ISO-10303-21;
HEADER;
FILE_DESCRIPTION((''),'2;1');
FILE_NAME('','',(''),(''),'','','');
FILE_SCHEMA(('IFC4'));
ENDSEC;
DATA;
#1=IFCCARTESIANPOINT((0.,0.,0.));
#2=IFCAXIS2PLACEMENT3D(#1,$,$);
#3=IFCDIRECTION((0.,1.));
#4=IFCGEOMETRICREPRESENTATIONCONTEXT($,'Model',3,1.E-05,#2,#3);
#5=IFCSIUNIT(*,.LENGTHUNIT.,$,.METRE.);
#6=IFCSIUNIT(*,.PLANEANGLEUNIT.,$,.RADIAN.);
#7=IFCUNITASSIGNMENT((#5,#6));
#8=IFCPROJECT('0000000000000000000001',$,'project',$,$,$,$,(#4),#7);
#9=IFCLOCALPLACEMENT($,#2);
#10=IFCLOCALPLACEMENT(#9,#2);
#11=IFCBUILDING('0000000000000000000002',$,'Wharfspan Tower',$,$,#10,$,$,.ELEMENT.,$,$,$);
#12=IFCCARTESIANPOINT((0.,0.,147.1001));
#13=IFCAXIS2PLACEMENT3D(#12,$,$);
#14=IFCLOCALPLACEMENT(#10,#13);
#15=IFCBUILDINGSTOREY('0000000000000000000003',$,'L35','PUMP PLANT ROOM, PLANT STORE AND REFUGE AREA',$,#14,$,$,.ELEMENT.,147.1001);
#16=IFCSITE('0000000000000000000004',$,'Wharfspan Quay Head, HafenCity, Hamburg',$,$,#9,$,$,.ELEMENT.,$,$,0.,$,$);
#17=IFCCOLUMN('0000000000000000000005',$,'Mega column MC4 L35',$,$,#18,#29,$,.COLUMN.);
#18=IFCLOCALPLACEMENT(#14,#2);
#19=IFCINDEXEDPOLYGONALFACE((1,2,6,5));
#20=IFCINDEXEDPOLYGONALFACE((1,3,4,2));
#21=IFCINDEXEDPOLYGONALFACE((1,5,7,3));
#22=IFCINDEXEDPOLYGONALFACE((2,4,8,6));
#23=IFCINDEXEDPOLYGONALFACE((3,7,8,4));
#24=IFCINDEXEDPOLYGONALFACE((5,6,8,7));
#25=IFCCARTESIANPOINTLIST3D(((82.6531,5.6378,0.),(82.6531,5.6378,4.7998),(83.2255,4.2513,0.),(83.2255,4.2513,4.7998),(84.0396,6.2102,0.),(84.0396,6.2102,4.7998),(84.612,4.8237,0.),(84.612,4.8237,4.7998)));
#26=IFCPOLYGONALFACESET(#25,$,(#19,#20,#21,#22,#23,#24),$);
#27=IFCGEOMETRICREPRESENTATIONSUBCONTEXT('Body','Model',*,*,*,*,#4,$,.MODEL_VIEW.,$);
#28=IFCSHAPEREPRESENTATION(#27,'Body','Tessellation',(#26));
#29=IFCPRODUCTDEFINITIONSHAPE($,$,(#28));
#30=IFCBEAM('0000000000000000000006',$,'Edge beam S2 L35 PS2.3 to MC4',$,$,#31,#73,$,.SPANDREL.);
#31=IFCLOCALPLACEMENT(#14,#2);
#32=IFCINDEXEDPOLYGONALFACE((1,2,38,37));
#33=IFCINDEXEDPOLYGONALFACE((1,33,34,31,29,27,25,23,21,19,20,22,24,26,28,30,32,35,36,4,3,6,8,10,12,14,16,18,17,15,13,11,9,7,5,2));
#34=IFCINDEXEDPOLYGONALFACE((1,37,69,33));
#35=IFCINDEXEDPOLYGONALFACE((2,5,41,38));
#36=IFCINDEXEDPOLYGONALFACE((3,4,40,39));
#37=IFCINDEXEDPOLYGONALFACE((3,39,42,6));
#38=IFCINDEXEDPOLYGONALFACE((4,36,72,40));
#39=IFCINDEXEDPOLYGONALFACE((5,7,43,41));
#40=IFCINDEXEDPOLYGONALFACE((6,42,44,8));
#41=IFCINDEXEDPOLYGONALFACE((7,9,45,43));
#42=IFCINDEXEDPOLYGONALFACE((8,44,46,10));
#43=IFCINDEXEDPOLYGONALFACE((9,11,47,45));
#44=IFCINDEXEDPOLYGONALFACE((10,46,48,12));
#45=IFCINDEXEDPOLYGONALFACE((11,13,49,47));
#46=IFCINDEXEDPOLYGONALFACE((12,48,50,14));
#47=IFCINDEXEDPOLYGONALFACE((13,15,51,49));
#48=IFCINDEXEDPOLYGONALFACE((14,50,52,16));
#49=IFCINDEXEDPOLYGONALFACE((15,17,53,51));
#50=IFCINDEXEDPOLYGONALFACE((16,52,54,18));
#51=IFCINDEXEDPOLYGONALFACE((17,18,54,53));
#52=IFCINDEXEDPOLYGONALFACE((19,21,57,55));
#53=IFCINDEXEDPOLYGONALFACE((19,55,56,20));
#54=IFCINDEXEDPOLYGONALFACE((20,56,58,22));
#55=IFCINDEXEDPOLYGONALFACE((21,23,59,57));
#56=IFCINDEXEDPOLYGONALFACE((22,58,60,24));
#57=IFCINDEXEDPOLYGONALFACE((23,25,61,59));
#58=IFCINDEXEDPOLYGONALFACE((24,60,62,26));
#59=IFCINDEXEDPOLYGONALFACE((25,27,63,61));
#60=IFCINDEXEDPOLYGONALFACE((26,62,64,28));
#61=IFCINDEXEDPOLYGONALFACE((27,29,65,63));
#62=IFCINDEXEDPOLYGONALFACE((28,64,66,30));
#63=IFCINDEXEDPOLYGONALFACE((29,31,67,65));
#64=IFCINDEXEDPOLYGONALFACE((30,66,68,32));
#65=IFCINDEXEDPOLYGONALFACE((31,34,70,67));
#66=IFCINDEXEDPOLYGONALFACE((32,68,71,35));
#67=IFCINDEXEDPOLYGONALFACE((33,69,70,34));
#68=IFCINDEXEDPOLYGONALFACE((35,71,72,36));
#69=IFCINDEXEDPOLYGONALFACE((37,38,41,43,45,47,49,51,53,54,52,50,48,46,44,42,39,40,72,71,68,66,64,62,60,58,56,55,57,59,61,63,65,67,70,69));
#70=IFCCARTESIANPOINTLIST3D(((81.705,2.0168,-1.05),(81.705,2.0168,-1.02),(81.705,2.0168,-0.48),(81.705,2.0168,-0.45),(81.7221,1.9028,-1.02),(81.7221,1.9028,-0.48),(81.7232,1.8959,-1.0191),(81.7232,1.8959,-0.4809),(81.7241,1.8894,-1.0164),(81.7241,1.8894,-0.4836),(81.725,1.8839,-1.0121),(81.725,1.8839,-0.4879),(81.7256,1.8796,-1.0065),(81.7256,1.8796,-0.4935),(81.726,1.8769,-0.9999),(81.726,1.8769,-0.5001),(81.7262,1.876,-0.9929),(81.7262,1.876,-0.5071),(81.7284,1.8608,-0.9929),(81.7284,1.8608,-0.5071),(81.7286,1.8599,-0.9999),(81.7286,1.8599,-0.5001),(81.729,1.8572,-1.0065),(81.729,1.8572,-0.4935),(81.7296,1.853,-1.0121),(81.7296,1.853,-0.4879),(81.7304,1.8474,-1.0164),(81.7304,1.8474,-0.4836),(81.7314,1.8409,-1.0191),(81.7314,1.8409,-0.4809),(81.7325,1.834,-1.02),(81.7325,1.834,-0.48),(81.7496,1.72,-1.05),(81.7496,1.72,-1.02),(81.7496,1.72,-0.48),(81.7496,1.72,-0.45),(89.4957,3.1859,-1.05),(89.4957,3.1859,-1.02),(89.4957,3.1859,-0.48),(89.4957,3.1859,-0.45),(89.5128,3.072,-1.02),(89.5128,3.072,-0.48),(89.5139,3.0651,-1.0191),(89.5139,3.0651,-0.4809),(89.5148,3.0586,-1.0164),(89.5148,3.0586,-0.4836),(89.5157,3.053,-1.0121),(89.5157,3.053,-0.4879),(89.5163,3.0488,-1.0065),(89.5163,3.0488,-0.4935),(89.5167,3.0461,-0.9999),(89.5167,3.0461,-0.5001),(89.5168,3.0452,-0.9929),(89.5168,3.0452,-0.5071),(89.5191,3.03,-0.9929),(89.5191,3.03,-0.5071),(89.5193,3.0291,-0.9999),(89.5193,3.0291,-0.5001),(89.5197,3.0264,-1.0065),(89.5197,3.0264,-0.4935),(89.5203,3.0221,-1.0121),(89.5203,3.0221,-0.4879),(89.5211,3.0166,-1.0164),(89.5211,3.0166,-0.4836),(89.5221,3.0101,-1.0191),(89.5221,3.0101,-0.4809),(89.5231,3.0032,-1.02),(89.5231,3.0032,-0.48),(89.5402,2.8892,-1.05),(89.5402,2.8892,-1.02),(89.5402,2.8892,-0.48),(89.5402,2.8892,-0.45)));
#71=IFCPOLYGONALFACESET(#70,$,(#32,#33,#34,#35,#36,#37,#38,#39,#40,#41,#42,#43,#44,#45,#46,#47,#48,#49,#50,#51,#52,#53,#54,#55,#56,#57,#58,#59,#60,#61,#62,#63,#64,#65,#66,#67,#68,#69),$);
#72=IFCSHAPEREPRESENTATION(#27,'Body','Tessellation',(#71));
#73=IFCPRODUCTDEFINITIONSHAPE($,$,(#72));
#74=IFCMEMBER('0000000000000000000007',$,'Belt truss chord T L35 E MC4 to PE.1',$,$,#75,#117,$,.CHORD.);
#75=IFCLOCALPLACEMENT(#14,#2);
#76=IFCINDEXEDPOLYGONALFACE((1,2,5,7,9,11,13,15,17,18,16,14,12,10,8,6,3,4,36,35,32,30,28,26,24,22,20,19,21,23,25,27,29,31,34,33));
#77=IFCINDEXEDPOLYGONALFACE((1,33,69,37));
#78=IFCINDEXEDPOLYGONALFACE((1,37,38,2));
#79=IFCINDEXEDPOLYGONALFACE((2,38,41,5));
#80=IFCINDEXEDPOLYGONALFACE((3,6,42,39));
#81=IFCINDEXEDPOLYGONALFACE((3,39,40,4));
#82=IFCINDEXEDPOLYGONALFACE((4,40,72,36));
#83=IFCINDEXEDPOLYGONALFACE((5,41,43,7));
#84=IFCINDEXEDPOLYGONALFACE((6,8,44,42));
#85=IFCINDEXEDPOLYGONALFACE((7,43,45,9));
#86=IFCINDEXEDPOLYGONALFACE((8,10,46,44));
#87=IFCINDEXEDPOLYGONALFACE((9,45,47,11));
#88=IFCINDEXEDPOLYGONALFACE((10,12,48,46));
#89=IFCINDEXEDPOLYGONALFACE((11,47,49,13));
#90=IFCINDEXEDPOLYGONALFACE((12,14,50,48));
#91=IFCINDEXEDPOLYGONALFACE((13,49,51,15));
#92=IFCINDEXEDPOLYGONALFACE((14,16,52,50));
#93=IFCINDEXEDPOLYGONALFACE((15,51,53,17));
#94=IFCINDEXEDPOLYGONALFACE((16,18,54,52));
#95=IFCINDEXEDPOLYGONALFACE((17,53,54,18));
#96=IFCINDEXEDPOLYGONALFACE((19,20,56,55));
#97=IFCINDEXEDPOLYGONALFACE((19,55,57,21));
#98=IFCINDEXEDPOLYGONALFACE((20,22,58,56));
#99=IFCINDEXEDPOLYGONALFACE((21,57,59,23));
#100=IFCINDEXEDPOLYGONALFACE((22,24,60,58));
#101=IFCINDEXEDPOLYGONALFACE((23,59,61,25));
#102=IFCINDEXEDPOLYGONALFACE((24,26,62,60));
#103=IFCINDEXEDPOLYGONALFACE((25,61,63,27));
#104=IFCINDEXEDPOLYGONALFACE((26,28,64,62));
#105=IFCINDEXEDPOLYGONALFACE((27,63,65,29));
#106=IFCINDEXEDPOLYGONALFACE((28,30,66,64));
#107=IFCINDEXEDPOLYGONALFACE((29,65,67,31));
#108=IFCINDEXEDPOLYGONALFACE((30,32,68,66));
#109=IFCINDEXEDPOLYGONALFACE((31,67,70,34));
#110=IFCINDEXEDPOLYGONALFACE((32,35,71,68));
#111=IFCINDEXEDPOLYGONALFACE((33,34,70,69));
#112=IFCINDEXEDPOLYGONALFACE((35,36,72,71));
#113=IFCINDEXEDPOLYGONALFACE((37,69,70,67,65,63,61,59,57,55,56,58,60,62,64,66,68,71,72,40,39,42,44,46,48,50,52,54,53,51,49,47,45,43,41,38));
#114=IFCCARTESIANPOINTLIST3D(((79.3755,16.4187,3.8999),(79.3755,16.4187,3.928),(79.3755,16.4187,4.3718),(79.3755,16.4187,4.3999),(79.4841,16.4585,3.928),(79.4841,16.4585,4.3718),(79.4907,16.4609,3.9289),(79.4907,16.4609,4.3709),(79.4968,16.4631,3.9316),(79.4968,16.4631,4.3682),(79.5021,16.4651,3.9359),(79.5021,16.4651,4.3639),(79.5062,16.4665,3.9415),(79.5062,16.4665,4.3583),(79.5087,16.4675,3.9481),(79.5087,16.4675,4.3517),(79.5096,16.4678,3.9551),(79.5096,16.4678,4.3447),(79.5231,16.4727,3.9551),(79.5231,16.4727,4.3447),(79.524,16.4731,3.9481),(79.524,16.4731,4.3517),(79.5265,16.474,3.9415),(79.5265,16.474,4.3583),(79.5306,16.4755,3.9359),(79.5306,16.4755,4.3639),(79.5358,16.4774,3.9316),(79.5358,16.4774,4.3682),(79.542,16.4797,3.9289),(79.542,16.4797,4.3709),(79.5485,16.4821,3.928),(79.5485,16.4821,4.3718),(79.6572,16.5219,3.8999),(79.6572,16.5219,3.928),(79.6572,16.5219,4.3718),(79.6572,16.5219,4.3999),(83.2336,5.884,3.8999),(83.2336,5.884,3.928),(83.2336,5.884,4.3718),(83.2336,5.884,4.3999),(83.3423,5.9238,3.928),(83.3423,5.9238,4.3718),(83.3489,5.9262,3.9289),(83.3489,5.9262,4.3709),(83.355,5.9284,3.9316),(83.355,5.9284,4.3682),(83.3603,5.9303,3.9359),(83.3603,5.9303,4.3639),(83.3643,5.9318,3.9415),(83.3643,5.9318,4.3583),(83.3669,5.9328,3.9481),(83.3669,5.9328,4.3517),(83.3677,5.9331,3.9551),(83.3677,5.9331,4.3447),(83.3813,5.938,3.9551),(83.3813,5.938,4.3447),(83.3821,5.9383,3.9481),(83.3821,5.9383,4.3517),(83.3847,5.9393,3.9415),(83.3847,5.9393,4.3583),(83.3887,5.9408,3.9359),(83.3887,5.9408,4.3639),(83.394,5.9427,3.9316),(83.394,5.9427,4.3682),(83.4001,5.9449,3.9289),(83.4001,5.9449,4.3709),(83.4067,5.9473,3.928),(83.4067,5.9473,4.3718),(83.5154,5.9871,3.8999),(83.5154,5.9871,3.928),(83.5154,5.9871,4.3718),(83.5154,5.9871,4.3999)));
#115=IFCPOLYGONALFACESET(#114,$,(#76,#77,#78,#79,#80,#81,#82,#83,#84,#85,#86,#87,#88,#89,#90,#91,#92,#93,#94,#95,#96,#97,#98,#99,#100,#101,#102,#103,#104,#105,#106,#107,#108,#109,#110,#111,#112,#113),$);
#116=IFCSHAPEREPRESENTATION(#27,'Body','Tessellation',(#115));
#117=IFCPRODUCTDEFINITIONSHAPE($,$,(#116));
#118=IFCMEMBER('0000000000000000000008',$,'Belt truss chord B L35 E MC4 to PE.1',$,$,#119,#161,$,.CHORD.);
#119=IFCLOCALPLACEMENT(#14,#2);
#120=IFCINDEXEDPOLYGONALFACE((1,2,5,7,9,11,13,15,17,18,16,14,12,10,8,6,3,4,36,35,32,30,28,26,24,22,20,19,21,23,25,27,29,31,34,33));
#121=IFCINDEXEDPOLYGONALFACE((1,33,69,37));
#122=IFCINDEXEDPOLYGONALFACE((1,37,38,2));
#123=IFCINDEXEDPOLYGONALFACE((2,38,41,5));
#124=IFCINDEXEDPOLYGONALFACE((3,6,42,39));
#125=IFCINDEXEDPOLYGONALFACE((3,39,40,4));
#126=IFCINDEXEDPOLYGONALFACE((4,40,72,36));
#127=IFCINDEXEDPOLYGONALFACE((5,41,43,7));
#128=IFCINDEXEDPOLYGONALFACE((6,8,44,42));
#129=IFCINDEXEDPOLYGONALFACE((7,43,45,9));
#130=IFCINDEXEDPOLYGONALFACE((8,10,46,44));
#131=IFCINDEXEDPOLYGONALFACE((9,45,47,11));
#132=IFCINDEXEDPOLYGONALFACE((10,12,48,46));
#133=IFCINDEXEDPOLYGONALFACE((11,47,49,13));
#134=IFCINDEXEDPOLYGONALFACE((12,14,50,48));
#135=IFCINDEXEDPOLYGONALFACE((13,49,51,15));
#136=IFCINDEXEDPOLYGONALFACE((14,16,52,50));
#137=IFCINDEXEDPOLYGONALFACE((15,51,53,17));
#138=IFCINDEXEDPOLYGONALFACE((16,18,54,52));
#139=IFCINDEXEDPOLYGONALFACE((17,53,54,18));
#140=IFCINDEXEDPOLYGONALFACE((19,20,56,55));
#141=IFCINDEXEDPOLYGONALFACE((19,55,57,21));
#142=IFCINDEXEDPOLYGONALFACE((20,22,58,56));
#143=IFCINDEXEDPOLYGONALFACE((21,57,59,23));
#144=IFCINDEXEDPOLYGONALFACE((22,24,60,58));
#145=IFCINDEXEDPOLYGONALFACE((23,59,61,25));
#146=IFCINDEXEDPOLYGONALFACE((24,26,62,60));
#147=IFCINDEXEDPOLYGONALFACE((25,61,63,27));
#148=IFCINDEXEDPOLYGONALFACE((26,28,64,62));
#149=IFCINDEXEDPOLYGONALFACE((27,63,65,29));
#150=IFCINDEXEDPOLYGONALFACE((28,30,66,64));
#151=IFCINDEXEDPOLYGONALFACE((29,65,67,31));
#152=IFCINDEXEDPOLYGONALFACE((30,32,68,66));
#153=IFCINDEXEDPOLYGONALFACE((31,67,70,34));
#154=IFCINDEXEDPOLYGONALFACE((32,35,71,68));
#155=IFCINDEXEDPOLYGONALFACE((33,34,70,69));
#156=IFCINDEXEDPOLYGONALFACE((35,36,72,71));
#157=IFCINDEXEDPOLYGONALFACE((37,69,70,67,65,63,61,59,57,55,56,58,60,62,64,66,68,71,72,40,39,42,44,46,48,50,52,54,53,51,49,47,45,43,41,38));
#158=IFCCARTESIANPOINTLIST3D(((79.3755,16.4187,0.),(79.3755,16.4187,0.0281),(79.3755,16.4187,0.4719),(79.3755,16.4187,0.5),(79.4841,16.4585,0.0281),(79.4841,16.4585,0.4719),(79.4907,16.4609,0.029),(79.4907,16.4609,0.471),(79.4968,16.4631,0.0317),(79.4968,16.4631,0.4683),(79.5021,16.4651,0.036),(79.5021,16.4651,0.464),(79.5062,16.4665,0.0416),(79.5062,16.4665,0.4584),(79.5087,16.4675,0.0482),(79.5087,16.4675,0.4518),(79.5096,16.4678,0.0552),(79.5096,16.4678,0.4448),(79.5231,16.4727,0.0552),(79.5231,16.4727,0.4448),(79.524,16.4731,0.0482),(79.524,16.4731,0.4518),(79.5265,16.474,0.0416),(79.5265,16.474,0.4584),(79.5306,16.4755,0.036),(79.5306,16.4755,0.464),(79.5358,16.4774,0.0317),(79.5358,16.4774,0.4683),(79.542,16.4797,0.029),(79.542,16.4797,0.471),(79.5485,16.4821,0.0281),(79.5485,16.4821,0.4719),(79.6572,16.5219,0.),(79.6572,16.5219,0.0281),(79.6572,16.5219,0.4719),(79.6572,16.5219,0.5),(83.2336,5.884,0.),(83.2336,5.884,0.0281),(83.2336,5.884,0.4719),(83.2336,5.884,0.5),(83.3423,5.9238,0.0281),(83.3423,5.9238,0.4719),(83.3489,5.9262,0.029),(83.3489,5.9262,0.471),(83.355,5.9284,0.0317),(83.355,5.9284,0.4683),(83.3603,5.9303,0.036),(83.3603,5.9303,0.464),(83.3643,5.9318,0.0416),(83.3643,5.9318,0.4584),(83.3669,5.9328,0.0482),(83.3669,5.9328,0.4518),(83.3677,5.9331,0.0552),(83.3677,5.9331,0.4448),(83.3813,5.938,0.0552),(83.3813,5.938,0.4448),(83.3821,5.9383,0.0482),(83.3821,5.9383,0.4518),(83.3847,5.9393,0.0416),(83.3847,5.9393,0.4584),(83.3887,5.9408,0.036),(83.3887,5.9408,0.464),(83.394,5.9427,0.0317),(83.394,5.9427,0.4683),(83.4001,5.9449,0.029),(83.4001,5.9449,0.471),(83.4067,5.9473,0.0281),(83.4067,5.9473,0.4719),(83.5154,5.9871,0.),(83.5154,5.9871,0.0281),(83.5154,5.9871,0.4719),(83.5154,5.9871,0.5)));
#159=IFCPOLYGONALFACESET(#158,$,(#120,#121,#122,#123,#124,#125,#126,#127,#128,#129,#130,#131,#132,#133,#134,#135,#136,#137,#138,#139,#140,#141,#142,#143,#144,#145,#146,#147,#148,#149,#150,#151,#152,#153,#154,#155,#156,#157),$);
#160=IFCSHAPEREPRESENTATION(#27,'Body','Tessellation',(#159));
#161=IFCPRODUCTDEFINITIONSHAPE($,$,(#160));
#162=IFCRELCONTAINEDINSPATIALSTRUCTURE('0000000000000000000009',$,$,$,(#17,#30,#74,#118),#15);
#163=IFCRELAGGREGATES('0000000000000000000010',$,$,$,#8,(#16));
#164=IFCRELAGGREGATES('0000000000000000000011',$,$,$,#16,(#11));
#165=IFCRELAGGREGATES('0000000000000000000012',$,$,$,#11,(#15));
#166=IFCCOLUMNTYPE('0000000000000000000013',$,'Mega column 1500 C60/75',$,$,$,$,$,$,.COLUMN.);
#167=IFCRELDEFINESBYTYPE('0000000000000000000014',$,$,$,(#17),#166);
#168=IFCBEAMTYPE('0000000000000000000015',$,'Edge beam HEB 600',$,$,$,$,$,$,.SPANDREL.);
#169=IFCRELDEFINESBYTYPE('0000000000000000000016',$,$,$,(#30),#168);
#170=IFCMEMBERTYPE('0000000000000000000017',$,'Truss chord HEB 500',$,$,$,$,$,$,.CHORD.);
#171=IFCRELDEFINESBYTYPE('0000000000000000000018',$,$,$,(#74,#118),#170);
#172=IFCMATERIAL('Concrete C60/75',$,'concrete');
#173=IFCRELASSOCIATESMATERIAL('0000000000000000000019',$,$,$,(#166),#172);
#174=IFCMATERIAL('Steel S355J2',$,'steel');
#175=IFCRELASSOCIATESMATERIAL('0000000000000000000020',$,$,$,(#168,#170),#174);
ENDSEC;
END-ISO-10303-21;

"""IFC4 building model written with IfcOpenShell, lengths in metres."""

from ifc_helpers import new_model, si_unit, direction, frame, origin, origin_2d, place, context, subcontext, project, spatial, rectangle, i_section, extrude, material, material_profile, profile_set, type_object, element, save


model = new_model("IFC4")

# Units and contexts
model_context = context("Model", 3, precision=1e-05, world=origin(), true_north=direction((0.0, 1.0)))
body_context = subcontext(model_context, "Body", "Model", "MODEL_VIEW")
ifc_project = project(units=[si_unit("LENGTHUNIT", "METRE"), si_unit("PLANEANGLEUNIT", "RADIAN")], contexts=[model_context])

# Site, building, storey
site_placement = place(None, origin())
site = spatial("IfcSite", under=ifc_project, at=site_placement, Name="Wharfspan Quay Head, HafenCity, Hamburg", CompositionType="ELEMENT", RefElevation=0.0)
building_placement = place(site_placement, origin())
building = spatial("IfcBuilding", under=site, at=building_placement, Name="Wharfspan Tower", CompositionType="ELEMENT")
storey_placement = place(building_placement, frame((0.0, 0.0, 147.1001)))
storey = spatial("IfcBuildingStorey", under=building, at=storey_placement, Name="L35", Description="PUMP PLANT ROOM, PLANT STORE AND REFUGE AREA", CompositionType="ELEMENT", Elevation=147.1001)

# Column
ifc_material_1 = material(Name="Concrete C60/75", Category="concrete")
ifc_material_profile_1 = material_profile(ifc_material_1, rectangle(XDim=1.5, YDim=1.5, at=origin_2d()))
ifc_profile_set_1 = profile_set([ifc_material_profile_1], Name="Concrete C60/75")
column_type = type_object("IfcColumnType", Name="Mega column 1500 C60/75", PredefinedType="COLUMN", material=ifc_profile_set_1)
column_placement = place(storey_placement, frame((83.6326, 5.2307, 0.0), z_axis=(0.0, 0.0, 1.0), x_axis=(-0.381602, 0.924325, 0.0)))
element("IfcColumn", 1, at=column_placement, inside=storey, type_object=column_type, Name="Mega column MC4 L35", PredefinedType="COLUMN", context=body_context, shape_type="SweptSolid", body=[
    extrude(rectangle(XDim=1.5, YDim=1.5, at=origin_2d()), origin(), (0.0, 0.0, 1.0), 4.7998),
])

# Beam
ifc_material_2 = material(Name="Steel S355J2", Category="steel")
ifc_material_profile_2 = material_profile(ifc_material_2, i_section(OverallWidth=0.3, OverallDepth=0.6001, WebThickness=0.0154, FlangeThickness=0.03, FilletRadius=0.0271, at=origin_2d()))
ifc_profile_set_2 = profile_set([ifc_material_profile_2], Name="Steel S355J2")
beam_type = type_object("IfcBeamType", Name="Edge beam HEB 600", PredefinedType="SPANDREL", material=ifc_profile_set_2)
beam_placement = place(storey_placement, frame((81.7273, 1.8684, -0.75), z_axis=(0.988926, 0.148412, 0.0), x_axis=(-0.148412, 0.988926, 0.0)))
element("IfcBeam", 2, at=beam_placement, inside=storey, type_object=beam_type, Name="Edge beam S2 L35 PS2.3 to MC4", PredefinedType="SPANDREL", context=body_context, shape_type="SweptSolid", body=[
    extrude(i_section(OverallWidth=0.3, OverallDepth=0.6001, WebThickness=0.0154, FlangeThickness=0.03, FilletRadius=0.0271, at=origin_2d()), origin(), (0.0, 0.0, 1.0), 7.8779),
])

# Members
ifc_material_profile_3 = material_profile(ifc_material_2, i_section(OverallWidth=0.3, OverallDepth=0.5, WebThickness=0.0144, FlangeThickness=0.0281, FilletRadius=0.0271, at=origin_2d()))
ifc_profile_set_3 = profile_set([ifc_material_profile_3], Name="Steel S355J2")
member_type_1 = type_object("IfcMemberType", Name="Truss chord HEB 500", PredefinedType="CHORD", material=ifc_profile_set_3)
for number, where, z_axis, x_axis, name in (
    (3, (83.3745, 5.9355, 4.1499), (-0.343897, 0.939008, 0.0), (-0.939008, -0.343897, 0.0), "Belt truss chord T L35 E MC4 to PE.1"),
    (4, (83.3745, 5.9355, 0.25), (-0.343897, 0.939008, 0.0), (-0.939008, -0.343897, 0.0), "Belt truss chord B L35 E MC4 to PE.1"),
):
    element("IfcMember", number, at=place(storey_placement, frame(where, z_axis=z_axis, x_axis=x_axis)), inside=storey, type_object=member_type_1, Name=name, PredefinedType="CHORD", context=body_context, shape_type="SweptSolid", body=[
        extrude(i_section(OverallWidth=0.3, OverallDepth=0.5, WebThickness=0.0144, FlangeThickness=0.0281, FilletRadius=0.0271, at=origin_2d()), origin(), (0.0, 0.0, 1.0), 11.219),
    ])

save(model, "model.ifc")
